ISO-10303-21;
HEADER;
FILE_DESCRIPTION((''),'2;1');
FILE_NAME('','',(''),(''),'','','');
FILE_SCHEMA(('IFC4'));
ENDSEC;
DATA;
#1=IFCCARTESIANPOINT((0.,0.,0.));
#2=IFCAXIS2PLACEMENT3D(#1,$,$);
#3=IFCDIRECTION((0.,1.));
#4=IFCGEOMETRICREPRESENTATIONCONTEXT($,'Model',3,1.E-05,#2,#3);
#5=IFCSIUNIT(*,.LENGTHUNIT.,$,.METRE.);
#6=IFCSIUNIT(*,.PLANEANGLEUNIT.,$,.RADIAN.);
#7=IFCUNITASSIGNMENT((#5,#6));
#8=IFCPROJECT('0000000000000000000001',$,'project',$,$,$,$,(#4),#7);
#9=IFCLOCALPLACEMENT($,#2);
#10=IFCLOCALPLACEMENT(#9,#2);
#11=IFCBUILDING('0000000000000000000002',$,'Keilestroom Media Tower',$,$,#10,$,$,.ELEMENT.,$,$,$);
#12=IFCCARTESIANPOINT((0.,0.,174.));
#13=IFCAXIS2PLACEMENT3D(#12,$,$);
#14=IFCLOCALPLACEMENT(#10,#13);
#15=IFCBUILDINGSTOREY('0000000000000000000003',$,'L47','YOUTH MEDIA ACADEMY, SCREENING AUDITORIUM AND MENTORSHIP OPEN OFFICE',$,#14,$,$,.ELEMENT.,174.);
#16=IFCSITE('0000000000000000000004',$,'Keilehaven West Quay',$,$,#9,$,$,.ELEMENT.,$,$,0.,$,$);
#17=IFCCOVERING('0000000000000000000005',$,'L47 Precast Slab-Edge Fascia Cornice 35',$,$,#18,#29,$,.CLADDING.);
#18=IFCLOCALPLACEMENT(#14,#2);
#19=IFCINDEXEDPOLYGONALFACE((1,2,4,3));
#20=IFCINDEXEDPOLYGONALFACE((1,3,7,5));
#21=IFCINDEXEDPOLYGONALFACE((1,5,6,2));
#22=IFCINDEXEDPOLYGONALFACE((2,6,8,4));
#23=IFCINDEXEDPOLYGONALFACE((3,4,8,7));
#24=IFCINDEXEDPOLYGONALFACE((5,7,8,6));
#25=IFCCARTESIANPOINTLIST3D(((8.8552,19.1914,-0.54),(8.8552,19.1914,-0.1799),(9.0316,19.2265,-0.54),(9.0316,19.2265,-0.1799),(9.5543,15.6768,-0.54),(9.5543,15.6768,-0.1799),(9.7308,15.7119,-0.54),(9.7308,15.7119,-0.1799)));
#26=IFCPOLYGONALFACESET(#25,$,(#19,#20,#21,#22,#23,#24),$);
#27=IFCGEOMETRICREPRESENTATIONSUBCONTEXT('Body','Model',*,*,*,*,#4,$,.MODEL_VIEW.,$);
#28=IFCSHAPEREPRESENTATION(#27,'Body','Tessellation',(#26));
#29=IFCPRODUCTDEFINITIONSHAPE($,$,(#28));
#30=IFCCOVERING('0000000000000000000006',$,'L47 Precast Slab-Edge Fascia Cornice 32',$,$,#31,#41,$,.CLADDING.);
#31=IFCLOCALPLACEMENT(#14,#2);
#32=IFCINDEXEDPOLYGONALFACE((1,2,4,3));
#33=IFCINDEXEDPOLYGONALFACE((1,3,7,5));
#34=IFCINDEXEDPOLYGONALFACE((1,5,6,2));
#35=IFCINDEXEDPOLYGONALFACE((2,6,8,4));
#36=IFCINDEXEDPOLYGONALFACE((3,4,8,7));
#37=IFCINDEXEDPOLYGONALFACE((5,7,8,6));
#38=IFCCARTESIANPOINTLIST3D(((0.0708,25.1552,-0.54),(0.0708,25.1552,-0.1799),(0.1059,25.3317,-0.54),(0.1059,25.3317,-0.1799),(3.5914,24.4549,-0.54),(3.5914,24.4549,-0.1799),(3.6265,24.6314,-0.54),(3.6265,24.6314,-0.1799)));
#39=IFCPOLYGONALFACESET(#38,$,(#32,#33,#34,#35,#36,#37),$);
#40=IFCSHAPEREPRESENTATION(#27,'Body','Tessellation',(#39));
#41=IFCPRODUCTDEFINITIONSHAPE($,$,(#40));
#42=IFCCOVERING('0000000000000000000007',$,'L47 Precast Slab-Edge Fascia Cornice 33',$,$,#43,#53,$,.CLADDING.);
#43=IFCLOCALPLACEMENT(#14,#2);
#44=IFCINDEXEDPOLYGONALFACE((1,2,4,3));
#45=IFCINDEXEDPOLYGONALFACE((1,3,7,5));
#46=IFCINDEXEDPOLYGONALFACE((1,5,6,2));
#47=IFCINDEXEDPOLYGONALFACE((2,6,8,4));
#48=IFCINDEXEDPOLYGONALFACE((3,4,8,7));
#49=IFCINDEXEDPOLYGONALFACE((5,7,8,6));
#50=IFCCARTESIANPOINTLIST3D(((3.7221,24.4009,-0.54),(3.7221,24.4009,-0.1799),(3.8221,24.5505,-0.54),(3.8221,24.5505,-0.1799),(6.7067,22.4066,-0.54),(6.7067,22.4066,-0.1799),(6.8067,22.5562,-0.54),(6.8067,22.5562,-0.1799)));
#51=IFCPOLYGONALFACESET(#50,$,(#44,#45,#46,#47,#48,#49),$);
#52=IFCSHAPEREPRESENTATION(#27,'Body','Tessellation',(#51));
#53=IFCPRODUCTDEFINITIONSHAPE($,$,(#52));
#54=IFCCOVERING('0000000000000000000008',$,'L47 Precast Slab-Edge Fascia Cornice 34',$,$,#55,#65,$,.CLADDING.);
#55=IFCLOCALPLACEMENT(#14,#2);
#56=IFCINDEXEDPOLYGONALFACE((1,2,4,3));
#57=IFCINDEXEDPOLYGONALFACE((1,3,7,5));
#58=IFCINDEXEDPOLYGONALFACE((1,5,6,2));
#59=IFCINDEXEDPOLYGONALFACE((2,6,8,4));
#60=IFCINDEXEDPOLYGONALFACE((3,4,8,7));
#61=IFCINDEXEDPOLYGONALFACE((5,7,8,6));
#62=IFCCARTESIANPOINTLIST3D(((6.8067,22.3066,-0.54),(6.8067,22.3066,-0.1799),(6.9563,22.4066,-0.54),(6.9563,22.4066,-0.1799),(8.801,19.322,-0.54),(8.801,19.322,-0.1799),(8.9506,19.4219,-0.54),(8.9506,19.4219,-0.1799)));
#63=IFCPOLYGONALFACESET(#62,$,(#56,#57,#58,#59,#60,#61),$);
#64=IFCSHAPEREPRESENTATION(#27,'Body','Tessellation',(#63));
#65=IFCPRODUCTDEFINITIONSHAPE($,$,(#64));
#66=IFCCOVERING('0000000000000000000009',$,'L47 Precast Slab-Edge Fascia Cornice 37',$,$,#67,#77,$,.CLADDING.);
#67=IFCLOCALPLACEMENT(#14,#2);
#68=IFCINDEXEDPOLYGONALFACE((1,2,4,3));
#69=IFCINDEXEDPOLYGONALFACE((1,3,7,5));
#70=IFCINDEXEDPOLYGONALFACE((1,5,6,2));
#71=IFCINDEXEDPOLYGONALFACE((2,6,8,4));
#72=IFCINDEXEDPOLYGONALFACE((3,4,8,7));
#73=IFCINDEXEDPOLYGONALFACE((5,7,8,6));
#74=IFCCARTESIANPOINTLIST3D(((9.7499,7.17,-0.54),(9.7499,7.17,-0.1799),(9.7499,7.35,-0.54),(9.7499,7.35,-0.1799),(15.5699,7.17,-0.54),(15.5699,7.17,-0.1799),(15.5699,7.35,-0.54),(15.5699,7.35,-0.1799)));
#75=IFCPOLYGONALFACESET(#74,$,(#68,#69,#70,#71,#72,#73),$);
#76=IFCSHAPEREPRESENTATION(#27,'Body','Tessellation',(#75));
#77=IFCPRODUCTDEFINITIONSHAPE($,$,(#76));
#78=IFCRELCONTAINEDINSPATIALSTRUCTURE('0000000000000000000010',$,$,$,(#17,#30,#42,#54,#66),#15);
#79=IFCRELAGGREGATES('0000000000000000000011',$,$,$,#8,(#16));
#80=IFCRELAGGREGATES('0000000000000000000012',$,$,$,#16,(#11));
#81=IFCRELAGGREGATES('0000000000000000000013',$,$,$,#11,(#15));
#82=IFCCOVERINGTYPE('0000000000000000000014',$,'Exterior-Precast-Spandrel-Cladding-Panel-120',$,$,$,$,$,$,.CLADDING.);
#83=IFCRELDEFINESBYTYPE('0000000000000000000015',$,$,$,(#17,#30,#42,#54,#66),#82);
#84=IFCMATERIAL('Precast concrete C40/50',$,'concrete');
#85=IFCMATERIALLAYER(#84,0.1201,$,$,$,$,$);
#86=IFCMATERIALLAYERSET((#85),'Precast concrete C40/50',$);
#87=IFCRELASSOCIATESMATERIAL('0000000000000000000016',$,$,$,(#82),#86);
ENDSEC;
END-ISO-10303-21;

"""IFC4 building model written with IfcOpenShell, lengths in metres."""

from ifc_helpers import new_model, si_unit, direction, frame, origin, origin_2d, place, context, subcontext, project, spatial, rectangle, extrude, source, transform, mapped, material, layer, layer_set, type_object, element, save


model = new_model("IFC4")

# Units and contexts
model_context = context("Model", 3, precision=1e-05, world=origin(), true_north=direction((0.0, 1.0)))
body_context = subcontext(model_context, "Body", "Model", "MODEL_VIEW")
ifc_project = project(units=[si_unit("LENGTHUNIT", "METRE"), si_unit("PLANEANGLEUNIT", "RADIAN")], contexts=[model_context])

# Site, building, storey
site_placement = place(None, origin())
site = spatial("IfcSite", under=ifc_project, at=site_placement, Name="Keilehaven West Quay", CompositionType="ELEMENT", RefElevation=0.0)
building_placement = place(site_placement, origin())
building = spatial("IfcBuilding", under=site, at=building_placement, Name="Keilestroom Media Tower", CompositionType="ELEMENT")
storey_placement = place(building_placement, frame((0.0, 0.0, 174.0)))
storey = spatial("IfcBuildingStorey", under=building, at=storey_placement, Name="L47", Description="YOUTH MEDIA ACADEMY, SCREENING AUDITORIUM AND MENTORSHIP OPEN OFFICE", CompositionType="ELEMENT", Elevation=174.0)

# Shared definitions
ifc_material_1 = material(Name="Precast concrete C40/50", Category="concrete")

# Coverings
ifc_layer_1 = layer(ifc_material_1, 0.1201)
ifc_layer_set_1 = layer_set([ifc_layer_1], Name="Precast concrete C40/50")
covering_type = type_object("IfcCoveringType", Name="Exterior-Precast-Spandrel-Cladding-Panel-120", PredefinedType="CLADDING", material=ifc_layer_set_1)
shared_shape_1 = source(origin(), body_context, "Body", "SweptSolid", [
    extrude(rectangle(XDim=3.5835, YDim=0.1799, at=origin_2d()), origin(), (0.0, 0.0, 1.0), 0.3601),
])
covering_1_placement = place(storey_placement, frame((9.293, 17.4517, -0.54), z_axis=(0.0, 0.0, 1.0), x_axis=(0.195099, -0.980784, 0.0)))
element("IfcCovering", 1, at=covering_1_placement, inside=storey, type_object=covering_type, Name="L47 Precast Slab-Edge Fascia Cornice 35", PredefinedType="CLADDING", context=body_context, shape_type="MappedRepresentation", body=[
    mapped(shared_shape_1, transform((0.0, 0.0, 0.0), x_axis=(1.0, 0.0, 0.0), y_axis=(0.0, 1.0, 0.0), z_axis=(0.0, 0.0, 1.0), scale=1.0)),
])
shared_shape_2 = source(origin(), body_context, "Body", "SweptSolid", [
    extrude(rectangle(XDim=3.5896, YDim=0.1799, at=origin_2d()), origin(), (0.0, 0.0, 1.0), 0.3601),
])
for number, where, z_axis, x_axis, name in (
    (2, (1.8486, 24.8933, -0.54), (0.0, 0.0, 1.0), (0.980784, -0.195099, 0.0), "L47 Precast Slab-Edge Fascia Cornice 32"),
    (3, (5.2644, 23.4785, -0.54), (0.0, 0.0, 1.0), (0.831467, -0.555575, 0.0), "L47 Precast Slab-Edge Fascia Cornice 33"),
    (4, (7.8787, 20.8643, -0.54), (0.0, 0.0, 1.0), (0.555575, -0.831467, 0.0), "L47 Precast Slab-Edge Fascia Cornice 34"),
):
    element("IfcCovering", number, at=place(storey_placement, frame(where, z_axis=z_axis, x_axis=x_axis)), inside=storey, type_object=covering_type, Name=name, PredefinedType="CLADDING", context=body_context, shape_type="MappedRepresentation", body=[
        mapped(shared_shape_2, transform((0.0, 0.0, 0.0), x_axis=(1.0, 0.0, 0.0), y_axis=(0.0, 1.0, 0.0), z_axis=(0.0, 0.0, 1.0), scale=1.0)),
    ])
shared_shape_3 = source(origin(), body_context, "Body", "SweptSolid", [
    extrude(rectangle(XDim=5.8201, YDim=0.1799, at=origin_2d()), origin(), (0.0, 0.0, 1.0), 0.3601),
])
covering_2_placement = place(storey_placement, frame((12.6599, 7.26, -0.54), z_axis=(0.0, 0.0, 1.0), x_axis=(1.0, 0.0, 0.0)))
element("IfcCovering", 5, at=covering_2_placement, inside=storey, type_object=covering_type, Name="L47 Precast Slab-Edge Fascia Cornice 37", PredefinedType="CLADDING", context=body_context, shape_type="MappedRepresentation", body=[
    mapped(shared_shape_3, transform((0.0, 0.0, 0.0), x_axis=(1.0, 0.0, 0.0), y_axis=(0.0, 1.0, 0.0), z_axis=(0.0, 0.0, 1.0), scale=1.0)),
])

save(model, "model.ifc")
